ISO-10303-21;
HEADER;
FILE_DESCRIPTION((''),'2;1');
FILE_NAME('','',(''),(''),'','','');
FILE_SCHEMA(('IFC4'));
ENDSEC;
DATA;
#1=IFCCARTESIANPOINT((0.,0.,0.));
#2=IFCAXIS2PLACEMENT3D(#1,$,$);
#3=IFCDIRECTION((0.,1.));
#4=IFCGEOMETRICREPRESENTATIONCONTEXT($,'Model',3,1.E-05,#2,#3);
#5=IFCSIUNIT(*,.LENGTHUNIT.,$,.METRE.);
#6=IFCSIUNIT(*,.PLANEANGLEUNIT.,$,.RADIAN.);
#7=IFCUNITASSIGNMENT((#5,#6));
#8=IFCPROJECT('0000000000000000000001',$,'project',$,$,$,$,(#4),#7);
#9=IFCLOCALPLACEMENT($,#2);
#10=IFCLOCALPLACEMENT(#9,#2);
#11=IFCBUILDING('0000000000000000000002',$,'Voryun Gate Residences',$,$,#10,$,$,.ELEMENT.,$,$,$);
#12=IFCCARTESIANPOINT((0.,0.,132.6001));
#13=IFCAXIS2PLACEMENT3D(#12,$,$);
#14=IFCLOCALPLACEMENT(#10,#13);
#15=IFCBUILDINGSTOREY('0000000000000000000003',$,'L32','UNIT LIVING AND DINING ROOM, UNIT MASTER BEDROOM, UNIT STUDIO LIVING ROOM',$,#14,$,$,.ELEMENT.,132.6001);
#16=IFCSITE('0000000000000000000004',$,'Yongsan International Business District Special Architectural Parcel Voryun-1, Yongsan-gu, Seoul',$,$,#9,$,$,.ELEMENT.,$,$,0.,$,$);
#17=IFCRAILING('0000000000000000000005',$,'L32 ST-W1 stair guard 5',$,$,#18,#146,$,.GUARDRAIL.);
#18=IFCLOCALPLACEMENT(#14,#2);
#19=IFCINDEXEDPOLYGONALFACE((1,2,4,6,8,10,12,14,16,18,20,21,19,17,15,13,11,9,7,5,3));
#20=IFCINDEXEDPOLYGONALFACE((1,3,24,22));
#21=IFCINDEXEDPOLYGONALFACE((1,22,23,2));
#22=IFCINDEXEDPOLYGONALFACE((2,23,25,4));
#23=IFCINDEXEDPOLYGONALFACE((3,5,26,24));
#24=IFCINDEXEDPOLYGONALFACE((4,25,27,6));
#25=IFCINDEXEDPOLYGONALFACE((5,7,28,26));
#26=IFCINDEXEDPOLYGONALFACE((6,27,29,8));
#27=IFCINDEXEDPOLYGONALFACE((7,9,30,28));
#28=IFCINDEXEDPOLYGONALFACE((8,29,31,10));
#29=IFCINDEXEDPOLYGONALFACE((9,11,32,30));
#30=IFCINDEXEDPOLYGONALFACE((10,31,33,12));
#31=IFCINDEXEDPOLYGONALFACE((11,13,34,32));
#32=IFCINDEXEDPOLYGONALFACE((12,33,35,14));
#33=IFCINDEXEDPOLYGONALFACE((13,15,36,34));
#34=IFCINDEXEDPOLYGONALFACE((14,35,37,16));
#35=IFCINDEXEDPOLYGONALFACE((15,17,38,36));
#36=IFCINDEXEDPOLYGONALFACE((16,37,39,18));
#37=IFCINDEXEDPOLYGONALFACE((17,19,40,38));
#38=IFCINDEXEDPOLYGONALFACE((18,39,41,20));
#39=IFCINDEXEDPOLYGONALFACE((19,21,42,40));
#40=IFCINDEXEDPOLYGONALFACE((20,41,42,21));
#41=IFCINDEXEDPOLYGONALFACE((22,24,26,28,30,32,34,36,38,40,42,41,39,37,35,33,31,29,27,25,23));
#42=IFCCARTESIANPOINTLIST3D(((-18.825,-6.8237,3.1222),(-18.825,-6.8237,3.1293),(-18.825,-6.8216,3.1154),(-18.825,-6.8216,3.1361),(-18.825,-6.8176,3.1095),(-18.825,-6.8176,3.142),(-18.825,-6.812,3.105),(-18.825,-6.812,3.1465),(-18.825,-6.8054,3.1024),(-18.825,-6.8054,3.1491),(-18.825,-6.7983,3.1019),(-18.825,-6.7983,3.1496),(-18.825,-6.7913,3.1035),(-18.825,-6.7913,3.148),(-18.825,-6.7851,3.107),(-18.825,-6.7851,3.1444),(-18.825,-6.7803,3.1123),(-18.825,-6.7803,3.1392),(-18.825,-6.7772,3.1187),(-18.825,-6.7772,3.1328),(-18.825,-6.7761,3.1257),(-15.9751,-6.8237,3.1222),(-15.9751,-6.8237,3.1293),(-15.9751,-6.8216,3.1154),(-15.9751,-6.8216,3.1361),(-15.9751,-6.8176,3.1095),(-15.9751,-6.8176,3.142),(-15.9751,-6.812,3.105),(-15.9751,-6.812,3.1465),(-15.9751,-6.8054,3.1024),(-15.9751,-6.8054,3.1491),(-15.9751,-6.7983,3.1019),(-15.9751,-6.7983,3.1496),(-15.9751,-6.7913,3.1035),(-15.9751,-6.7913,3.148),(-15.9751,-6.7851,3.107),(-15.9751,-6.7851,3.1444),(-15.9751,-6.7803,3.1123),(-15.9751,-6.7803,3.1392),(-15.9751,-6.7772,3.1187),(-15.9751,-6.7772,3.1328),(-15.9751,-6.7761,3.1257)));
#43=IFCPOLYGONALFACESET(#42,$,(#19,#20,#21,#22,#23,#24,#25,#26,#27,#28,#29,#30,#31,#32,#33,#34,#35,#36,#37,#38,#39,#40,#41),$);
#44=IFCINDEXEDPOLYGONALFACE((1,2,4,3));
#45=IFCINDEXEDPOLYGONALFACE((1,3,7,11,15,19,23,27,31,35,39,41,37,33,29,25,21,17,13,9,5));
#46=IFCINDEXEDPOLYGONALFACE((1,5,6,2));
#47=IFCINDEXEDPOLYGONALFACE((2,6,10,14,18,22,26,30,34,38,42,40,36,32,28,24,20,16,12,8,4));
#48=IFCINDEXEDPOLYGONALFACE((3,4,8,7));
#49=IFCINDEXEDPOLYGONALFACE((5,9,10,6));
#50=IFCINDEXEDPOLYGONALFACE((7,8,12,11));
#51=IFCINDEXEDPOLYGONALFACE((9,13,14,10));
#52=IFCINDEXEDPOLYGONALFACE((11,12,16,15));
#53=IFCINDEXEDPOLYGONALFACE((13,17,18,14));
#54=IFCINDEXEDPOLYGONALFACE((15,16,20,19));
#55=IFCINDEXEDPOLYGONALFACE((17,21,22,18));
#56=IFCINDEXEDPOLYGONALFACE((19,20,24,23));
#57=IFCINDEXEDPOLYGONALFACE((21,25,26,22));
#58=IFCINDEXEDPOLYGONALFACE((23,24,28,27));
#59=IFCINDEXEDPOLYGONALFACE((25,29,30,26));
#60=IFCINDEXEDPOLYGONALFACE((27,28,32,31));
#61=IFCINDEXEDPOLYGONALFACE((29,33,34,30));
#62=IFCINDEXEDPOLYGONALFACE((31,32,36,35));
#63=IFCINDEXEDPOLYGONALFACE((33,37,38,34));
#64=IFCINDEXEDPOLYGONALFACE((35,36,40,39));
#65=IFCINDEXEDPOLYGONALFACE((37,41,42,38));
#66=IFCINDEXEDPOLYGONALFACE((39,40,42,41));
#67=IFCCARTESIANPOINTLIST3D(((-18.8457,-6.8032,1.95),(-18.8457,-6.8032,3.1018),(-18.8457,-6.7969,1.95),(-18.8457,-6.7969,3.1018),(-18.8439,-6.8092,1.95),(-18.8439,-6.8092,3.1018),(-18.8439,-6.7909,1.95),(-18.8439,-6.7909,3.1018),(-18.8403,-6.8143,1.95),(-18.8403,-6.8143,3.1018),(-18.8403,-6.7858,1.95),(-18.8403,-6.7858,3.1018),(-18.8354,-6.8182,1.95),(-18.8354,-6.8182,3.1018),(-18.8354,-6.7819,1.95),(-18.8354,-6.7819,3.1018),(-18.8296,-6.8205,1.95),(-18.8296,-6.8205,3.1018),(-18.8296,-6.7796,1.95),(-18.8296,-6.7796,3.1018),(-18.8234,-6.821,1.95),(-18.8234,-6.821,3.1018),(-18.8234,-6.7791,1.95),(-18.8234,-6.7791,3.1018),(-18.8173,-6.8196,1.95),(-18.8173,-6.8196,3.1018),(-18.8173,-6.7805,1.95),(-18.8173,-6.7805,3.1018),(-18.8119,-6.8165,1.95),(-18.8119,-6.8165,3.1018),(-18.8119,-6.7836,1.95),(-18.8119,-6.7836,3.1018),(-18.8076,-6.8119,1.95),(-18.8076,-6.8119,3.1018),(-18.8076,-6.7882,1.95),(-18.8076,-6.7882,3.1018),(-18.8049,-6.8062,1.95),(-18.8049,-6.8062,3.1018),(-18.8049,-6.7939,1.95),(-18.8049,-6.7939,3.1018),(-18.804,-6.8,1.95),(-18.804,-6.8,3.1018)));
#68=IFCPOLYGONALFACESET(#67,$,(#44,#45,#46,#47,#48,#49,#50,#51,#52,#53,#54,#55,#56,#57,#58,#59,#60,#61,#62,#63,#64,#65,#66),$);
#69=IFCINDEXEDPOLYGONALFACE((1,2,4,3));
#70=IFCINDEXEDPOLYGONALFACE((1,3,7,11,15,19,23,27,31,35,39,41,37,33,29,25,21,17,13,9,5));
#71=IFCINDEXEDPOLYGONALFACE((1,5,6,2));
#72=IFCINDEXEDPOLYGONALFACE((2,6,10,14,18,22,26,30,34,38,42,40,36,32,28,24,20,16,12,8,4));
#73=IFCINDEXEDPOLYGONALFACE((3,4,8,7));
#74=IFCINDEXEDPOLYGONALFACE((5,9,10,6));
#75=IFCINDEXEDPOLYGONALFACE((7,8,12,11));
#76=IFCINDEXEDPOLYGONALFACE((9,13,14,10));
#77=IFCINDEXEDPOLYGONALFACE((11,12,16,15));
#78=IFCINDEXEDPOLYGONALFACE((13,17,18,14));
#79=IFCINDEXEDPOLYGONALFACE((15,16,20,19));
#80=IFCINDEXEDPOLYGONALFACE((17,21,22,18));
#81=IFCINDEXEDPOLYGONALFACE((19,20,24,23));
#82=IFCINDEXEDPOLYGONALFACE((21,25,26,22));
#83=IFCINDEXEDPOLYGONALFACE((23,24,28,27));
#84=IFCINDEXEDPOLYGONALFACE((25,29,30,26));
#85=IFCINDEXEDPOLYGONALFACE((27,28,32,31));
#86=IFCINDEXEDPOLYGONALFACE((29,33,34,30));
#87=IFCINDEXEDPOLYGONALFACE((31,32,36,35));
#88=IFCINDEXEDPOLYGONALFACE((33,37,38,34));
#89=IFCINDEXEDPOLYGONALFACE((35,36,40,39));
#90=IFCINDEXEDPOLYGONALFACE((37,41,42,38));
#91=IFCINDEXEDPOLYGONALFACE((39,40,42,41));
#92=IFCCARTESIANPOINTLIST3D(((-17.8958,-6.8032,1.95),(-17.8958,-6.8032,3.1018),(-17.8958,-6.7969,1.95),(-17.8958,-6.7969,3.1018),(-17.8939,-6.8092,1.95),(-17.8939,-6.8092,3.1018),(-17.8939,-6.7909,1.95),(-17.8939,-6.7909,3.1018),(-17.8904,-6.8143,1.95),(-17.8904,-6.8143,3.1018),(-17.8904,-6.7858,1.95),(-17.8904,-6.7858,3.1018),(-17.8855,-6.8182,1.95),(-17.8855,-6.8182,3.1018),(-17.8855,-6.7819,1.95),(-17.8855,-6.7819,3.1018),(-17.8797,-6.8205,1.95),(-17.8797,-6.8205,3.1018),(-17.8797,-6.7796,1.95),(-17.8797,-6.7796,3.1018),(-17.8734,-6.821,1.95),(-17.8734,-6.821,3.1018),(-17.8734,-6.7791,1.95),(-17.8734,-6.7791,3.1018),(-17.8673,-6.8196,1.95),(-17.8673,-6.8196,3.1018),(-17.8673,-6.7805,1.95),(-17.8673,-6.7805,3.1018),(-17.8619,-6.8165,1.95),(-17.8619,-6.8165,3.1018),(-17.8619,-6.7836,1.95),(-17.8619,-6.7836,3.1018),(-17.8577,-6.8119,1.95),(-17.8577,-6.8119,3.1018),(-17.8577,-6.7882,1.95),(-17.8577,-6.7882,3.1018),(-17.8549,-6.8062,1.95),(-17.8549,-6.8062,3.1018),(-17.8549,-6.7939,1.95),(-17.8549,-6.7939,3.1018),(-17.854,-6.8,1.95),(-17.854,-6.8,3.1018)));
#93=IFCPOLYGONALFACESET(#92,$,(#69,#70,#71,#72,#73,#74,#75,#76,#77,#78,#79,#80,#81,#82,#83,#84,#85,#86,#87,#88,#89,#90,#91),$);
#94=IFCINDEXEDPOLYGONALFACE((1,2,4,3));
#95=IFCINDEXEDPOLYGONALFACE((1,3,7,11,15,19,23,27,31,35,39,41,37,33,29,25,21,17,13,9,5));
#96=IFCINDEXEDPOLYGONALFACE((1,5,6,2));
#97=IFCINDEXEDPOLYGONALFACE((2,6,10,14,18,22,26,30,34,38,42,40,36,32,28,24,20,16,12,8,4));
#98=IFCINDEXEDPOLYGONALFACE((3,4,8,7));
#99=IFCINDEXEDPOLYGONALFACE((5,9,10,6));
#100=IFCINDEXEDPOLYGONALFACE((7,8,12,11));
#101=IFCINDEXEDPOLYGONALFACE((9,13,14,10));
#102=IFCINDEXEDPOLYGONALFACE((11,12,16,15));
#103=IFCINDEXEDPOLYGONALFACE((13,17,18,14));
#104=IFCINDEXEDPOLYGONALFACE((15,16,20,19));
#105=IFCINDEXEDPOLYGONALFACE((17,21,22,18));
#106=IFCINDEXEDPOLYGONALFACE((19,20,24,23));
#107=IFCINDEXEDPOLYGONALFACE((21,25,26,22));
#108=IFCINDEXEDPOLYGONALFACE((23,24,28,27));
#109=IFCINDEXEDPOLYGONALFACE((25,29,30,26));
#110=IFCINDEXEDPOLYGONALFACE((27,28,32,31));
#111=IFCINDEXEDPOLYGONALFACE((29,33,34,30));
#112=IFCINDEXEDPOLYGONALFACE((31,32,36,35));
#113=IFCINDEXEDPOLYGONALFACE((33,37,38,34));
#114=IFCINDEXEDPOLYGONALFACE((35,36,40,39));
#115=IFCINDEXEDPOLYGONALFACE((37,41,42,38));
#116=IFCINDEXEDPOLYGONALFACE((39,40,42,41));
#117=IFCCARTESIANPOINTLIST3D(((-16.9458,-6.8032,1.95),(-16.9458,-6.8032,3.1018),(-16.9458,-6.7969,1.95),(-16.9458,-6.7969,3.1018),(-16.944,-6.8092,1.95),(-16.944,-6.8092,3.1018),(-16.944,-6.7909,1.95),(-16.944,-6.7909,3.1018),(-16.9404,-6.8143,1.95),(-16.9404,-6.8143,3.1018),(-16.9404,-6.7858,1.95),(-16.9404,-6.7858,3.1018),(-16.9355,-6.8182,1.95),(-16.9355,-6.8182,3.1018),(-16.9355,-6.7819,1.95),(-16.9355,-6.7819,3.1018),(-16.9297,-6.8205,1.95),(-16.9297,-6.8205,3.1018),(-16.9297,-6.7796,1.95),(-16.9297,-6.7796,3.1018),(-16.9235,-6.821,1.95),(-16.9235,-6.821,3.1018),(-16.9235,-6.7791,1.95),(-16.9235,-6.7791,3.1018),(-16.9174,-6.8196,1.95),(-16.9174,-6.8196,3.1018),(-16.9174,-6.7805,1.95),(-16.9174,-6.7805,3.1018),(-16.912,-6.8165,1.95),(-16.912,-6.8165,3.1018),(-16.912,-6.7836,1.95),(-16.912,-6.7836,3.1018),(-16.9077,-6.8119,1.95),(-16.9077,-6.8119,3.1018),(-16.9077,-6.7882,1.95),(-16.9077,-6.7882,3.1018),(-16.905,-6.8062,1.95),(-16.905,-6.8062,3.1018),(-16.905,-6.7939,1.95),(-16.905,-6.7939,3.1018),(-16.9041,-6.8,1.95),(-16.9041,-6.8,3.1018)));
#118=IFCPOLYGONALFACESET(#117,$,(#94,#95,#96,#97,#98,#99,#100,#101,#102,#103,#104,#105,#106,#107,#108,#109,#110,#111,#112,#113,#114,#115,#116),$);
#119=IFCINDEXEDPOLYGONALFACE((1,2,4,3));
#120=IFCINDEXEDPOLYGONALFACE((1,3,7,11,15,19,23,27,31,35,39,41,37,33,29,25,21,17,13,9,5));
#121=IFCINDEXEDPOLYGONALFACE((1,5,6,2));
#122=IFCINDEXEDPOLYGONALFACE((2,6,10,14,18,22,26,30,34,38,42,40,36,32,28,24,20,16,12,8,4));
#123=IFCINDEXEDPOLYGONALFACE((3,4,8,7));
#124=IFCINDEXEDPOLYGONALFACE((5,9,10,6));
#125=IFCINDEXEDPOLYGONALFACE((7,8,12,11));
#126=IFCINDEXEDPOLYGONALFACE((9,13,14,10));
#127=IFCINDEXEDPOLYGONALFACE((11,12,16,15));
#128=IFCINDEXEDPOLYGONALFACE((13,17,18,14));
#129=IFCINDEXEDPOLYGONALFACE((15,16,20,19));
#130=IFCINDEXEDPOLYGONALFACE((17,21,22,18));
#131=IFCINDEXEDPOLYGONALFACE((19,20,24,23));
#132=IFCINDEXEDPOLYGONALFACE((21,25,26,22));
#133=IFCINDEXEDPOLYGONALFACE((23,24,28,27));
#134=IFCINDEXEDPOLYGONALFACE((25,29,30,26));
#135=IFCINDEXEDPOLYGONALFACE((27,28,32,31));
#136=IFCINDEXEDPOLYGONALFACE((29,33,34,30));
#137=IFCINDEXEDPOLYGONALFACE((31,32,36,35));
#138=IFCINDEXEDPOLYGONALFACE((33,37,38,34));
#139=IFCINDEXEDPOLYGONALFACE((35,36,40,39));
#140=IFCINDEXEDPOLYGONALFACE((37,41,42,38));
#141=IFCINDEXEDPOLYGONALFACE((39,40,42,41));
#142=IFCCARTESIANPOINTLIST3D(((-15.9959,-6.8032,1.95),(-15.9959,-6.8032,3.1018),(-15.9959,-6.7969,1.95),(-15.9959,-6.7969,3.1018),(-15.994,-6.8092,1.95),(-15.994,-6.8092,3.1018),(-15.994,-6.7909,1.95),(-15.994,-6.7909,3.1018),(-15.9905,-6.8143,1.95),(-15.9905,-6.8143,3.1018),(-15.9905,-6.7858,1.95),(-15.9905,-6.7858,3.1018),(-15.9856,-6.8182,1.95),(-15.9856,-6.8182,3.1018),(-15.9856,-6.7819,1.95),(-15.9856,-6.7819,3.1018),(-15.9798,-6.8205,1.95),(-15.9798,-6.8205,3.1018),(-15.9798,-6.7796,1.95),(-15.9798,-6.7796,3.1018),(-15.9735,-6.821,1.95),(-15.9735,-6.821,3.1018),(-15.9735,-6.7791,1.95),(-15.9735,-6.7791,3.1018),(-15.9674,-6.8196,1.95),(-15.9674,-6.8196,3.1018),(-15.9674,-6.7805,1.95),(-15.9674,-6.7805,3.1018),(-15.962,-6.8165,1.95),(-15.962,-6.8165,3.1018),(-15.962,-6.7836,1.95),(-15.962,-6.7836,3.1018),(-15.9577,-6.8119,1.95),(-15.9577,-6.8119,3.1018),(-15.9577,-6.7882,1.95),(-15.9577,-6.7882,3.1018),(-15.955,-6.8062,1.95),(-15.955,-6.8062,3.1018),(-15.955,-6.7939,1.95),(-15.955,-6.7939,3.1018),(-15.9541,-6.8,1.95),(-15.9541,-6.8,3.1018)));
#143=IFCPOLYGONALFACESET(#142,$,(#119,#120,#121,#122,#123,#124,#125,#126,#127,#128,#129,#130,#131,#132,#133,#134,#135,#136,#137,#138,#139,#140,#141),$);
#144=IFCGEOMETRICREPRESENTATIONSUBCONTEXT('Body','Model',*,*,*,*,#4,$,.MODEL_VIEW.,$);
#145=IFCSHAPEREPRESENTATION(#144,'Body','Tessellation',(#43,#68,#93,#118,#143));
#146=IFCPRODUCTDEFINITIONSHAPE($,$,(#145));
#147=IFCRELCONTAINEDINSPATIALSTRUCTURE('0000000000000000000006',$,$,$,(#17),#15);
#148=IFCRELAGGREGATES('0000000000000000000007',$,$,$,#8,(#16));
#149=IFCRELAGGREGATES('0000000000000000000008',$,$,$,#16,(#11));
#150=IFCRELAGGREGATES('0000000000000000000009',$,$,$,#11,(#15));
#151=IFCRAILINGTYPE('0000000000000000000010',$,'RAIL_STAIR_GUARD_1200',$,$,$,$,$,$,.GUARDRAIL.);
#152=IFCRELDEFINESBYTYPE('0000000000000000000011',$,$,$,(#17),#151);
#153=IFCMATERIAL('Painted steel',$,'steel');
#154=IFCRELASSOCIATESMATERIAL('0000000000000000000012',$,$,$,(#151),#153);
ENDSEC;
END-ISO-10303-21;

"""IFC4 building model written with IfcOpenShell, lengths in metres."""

from ifc_helpers import new_model, si_unit, direction, frame, origin, origin_2d, place, context, subcontext, project, spatial, circle, extrude, material, type_object, element, save


model = new_model("IFC4")

# Units and contexts
model_context = context("Model", 3, precision=1e-05, world=origin(), true_north=direction((0.0, 1.0)))
body_context = subcontext(model_context, "Body", "Model", "MODEL_VIEW")
ifc_project = project(units=[si_unit("LENGTHUNIT", "METRE"), si_unit("PLANEANGLEUNIT", "RADIAN")], contexts=[model_context])

# Site, building, storey
site_placement = place(None, origin())
site = spatial("IfcSite", under=ifc_project, at=site_placement, Name="Yongsan International Business District Special Architectural Parcel Voryun-1, Yongsan-gu, Seoul", CompositionType="ELEMENT", RefElevation=0.0)
building_placement = place(site_placement, origin())
building = spatial("IfcBuilding", under=site, at=building_placement, Name="Voryun Gate Residences", CompositionType="ELEMENT")
storey_placement = place(building_placement, frame((0.0, 0.0, 132.6001)))
storey = spatial("IfcBuildingStorey", under=building, at=storey_placement, Name="L32", Description="UNIT LIVING AND DINING ROOM, UNIT MASTER BEDROOM, UNIT STUDIO LIVING ROOM", CompositionType="ELEMENT", Elevation=132.6001)

# Railing
ifc_material_1 = material(Name="Painted steel", Category="steel")
railing_type_1 = type_object("IfcRailingType", Name="RAIL_STAIR_GUARD_1200", PredefinedType="GUARDRAIL", material=ifc_material_1)
railing_1_placement = place(storey_placement, frame((-18.825, -6.8, 1.95)))
element("IfcRailing", 1, at=railing_1_placement, inside=storey, type_object=railing_type_1, Name="L32 ST-W1 stair guard 5", PredefinedType="GUARDRAIL", context=body_context, shape_type="SweptSolid", body=[
    extrude(circle(Radius=0.0239, at=origin_2d()), frame((0.0, 0.0, 1.1758), z_axis=(1.0, 0.0, 0.0), x_axis=(0.0, 1.0, 0.0)), (0.0, 0.0, 1.0), 2.8499),
    extrude(circle(Radius=0.021, at=origin_2d()), origin(), (0.0, 0.0, 1.0), 1.1519),
    extrude(circle(Radius=0.021, at=origin_2d()), frame((0.95, 0.0, 0.0)), (0.0, 0.0, 1.0), 1.1519),
    extrude(circle(Radius=0.021, at=origin_2d()), frame((1.8999, 0.0, 0.0)), (0.0, 0.0, 1.0), 1.1519),
    extrude(circle(Radius=0.021, at=origin_2d()), frame((2.8499, 0.0, 0.0)), (0.0, 0.0, 1.0), 1.1519),
])

save(model, "model.ifc")
